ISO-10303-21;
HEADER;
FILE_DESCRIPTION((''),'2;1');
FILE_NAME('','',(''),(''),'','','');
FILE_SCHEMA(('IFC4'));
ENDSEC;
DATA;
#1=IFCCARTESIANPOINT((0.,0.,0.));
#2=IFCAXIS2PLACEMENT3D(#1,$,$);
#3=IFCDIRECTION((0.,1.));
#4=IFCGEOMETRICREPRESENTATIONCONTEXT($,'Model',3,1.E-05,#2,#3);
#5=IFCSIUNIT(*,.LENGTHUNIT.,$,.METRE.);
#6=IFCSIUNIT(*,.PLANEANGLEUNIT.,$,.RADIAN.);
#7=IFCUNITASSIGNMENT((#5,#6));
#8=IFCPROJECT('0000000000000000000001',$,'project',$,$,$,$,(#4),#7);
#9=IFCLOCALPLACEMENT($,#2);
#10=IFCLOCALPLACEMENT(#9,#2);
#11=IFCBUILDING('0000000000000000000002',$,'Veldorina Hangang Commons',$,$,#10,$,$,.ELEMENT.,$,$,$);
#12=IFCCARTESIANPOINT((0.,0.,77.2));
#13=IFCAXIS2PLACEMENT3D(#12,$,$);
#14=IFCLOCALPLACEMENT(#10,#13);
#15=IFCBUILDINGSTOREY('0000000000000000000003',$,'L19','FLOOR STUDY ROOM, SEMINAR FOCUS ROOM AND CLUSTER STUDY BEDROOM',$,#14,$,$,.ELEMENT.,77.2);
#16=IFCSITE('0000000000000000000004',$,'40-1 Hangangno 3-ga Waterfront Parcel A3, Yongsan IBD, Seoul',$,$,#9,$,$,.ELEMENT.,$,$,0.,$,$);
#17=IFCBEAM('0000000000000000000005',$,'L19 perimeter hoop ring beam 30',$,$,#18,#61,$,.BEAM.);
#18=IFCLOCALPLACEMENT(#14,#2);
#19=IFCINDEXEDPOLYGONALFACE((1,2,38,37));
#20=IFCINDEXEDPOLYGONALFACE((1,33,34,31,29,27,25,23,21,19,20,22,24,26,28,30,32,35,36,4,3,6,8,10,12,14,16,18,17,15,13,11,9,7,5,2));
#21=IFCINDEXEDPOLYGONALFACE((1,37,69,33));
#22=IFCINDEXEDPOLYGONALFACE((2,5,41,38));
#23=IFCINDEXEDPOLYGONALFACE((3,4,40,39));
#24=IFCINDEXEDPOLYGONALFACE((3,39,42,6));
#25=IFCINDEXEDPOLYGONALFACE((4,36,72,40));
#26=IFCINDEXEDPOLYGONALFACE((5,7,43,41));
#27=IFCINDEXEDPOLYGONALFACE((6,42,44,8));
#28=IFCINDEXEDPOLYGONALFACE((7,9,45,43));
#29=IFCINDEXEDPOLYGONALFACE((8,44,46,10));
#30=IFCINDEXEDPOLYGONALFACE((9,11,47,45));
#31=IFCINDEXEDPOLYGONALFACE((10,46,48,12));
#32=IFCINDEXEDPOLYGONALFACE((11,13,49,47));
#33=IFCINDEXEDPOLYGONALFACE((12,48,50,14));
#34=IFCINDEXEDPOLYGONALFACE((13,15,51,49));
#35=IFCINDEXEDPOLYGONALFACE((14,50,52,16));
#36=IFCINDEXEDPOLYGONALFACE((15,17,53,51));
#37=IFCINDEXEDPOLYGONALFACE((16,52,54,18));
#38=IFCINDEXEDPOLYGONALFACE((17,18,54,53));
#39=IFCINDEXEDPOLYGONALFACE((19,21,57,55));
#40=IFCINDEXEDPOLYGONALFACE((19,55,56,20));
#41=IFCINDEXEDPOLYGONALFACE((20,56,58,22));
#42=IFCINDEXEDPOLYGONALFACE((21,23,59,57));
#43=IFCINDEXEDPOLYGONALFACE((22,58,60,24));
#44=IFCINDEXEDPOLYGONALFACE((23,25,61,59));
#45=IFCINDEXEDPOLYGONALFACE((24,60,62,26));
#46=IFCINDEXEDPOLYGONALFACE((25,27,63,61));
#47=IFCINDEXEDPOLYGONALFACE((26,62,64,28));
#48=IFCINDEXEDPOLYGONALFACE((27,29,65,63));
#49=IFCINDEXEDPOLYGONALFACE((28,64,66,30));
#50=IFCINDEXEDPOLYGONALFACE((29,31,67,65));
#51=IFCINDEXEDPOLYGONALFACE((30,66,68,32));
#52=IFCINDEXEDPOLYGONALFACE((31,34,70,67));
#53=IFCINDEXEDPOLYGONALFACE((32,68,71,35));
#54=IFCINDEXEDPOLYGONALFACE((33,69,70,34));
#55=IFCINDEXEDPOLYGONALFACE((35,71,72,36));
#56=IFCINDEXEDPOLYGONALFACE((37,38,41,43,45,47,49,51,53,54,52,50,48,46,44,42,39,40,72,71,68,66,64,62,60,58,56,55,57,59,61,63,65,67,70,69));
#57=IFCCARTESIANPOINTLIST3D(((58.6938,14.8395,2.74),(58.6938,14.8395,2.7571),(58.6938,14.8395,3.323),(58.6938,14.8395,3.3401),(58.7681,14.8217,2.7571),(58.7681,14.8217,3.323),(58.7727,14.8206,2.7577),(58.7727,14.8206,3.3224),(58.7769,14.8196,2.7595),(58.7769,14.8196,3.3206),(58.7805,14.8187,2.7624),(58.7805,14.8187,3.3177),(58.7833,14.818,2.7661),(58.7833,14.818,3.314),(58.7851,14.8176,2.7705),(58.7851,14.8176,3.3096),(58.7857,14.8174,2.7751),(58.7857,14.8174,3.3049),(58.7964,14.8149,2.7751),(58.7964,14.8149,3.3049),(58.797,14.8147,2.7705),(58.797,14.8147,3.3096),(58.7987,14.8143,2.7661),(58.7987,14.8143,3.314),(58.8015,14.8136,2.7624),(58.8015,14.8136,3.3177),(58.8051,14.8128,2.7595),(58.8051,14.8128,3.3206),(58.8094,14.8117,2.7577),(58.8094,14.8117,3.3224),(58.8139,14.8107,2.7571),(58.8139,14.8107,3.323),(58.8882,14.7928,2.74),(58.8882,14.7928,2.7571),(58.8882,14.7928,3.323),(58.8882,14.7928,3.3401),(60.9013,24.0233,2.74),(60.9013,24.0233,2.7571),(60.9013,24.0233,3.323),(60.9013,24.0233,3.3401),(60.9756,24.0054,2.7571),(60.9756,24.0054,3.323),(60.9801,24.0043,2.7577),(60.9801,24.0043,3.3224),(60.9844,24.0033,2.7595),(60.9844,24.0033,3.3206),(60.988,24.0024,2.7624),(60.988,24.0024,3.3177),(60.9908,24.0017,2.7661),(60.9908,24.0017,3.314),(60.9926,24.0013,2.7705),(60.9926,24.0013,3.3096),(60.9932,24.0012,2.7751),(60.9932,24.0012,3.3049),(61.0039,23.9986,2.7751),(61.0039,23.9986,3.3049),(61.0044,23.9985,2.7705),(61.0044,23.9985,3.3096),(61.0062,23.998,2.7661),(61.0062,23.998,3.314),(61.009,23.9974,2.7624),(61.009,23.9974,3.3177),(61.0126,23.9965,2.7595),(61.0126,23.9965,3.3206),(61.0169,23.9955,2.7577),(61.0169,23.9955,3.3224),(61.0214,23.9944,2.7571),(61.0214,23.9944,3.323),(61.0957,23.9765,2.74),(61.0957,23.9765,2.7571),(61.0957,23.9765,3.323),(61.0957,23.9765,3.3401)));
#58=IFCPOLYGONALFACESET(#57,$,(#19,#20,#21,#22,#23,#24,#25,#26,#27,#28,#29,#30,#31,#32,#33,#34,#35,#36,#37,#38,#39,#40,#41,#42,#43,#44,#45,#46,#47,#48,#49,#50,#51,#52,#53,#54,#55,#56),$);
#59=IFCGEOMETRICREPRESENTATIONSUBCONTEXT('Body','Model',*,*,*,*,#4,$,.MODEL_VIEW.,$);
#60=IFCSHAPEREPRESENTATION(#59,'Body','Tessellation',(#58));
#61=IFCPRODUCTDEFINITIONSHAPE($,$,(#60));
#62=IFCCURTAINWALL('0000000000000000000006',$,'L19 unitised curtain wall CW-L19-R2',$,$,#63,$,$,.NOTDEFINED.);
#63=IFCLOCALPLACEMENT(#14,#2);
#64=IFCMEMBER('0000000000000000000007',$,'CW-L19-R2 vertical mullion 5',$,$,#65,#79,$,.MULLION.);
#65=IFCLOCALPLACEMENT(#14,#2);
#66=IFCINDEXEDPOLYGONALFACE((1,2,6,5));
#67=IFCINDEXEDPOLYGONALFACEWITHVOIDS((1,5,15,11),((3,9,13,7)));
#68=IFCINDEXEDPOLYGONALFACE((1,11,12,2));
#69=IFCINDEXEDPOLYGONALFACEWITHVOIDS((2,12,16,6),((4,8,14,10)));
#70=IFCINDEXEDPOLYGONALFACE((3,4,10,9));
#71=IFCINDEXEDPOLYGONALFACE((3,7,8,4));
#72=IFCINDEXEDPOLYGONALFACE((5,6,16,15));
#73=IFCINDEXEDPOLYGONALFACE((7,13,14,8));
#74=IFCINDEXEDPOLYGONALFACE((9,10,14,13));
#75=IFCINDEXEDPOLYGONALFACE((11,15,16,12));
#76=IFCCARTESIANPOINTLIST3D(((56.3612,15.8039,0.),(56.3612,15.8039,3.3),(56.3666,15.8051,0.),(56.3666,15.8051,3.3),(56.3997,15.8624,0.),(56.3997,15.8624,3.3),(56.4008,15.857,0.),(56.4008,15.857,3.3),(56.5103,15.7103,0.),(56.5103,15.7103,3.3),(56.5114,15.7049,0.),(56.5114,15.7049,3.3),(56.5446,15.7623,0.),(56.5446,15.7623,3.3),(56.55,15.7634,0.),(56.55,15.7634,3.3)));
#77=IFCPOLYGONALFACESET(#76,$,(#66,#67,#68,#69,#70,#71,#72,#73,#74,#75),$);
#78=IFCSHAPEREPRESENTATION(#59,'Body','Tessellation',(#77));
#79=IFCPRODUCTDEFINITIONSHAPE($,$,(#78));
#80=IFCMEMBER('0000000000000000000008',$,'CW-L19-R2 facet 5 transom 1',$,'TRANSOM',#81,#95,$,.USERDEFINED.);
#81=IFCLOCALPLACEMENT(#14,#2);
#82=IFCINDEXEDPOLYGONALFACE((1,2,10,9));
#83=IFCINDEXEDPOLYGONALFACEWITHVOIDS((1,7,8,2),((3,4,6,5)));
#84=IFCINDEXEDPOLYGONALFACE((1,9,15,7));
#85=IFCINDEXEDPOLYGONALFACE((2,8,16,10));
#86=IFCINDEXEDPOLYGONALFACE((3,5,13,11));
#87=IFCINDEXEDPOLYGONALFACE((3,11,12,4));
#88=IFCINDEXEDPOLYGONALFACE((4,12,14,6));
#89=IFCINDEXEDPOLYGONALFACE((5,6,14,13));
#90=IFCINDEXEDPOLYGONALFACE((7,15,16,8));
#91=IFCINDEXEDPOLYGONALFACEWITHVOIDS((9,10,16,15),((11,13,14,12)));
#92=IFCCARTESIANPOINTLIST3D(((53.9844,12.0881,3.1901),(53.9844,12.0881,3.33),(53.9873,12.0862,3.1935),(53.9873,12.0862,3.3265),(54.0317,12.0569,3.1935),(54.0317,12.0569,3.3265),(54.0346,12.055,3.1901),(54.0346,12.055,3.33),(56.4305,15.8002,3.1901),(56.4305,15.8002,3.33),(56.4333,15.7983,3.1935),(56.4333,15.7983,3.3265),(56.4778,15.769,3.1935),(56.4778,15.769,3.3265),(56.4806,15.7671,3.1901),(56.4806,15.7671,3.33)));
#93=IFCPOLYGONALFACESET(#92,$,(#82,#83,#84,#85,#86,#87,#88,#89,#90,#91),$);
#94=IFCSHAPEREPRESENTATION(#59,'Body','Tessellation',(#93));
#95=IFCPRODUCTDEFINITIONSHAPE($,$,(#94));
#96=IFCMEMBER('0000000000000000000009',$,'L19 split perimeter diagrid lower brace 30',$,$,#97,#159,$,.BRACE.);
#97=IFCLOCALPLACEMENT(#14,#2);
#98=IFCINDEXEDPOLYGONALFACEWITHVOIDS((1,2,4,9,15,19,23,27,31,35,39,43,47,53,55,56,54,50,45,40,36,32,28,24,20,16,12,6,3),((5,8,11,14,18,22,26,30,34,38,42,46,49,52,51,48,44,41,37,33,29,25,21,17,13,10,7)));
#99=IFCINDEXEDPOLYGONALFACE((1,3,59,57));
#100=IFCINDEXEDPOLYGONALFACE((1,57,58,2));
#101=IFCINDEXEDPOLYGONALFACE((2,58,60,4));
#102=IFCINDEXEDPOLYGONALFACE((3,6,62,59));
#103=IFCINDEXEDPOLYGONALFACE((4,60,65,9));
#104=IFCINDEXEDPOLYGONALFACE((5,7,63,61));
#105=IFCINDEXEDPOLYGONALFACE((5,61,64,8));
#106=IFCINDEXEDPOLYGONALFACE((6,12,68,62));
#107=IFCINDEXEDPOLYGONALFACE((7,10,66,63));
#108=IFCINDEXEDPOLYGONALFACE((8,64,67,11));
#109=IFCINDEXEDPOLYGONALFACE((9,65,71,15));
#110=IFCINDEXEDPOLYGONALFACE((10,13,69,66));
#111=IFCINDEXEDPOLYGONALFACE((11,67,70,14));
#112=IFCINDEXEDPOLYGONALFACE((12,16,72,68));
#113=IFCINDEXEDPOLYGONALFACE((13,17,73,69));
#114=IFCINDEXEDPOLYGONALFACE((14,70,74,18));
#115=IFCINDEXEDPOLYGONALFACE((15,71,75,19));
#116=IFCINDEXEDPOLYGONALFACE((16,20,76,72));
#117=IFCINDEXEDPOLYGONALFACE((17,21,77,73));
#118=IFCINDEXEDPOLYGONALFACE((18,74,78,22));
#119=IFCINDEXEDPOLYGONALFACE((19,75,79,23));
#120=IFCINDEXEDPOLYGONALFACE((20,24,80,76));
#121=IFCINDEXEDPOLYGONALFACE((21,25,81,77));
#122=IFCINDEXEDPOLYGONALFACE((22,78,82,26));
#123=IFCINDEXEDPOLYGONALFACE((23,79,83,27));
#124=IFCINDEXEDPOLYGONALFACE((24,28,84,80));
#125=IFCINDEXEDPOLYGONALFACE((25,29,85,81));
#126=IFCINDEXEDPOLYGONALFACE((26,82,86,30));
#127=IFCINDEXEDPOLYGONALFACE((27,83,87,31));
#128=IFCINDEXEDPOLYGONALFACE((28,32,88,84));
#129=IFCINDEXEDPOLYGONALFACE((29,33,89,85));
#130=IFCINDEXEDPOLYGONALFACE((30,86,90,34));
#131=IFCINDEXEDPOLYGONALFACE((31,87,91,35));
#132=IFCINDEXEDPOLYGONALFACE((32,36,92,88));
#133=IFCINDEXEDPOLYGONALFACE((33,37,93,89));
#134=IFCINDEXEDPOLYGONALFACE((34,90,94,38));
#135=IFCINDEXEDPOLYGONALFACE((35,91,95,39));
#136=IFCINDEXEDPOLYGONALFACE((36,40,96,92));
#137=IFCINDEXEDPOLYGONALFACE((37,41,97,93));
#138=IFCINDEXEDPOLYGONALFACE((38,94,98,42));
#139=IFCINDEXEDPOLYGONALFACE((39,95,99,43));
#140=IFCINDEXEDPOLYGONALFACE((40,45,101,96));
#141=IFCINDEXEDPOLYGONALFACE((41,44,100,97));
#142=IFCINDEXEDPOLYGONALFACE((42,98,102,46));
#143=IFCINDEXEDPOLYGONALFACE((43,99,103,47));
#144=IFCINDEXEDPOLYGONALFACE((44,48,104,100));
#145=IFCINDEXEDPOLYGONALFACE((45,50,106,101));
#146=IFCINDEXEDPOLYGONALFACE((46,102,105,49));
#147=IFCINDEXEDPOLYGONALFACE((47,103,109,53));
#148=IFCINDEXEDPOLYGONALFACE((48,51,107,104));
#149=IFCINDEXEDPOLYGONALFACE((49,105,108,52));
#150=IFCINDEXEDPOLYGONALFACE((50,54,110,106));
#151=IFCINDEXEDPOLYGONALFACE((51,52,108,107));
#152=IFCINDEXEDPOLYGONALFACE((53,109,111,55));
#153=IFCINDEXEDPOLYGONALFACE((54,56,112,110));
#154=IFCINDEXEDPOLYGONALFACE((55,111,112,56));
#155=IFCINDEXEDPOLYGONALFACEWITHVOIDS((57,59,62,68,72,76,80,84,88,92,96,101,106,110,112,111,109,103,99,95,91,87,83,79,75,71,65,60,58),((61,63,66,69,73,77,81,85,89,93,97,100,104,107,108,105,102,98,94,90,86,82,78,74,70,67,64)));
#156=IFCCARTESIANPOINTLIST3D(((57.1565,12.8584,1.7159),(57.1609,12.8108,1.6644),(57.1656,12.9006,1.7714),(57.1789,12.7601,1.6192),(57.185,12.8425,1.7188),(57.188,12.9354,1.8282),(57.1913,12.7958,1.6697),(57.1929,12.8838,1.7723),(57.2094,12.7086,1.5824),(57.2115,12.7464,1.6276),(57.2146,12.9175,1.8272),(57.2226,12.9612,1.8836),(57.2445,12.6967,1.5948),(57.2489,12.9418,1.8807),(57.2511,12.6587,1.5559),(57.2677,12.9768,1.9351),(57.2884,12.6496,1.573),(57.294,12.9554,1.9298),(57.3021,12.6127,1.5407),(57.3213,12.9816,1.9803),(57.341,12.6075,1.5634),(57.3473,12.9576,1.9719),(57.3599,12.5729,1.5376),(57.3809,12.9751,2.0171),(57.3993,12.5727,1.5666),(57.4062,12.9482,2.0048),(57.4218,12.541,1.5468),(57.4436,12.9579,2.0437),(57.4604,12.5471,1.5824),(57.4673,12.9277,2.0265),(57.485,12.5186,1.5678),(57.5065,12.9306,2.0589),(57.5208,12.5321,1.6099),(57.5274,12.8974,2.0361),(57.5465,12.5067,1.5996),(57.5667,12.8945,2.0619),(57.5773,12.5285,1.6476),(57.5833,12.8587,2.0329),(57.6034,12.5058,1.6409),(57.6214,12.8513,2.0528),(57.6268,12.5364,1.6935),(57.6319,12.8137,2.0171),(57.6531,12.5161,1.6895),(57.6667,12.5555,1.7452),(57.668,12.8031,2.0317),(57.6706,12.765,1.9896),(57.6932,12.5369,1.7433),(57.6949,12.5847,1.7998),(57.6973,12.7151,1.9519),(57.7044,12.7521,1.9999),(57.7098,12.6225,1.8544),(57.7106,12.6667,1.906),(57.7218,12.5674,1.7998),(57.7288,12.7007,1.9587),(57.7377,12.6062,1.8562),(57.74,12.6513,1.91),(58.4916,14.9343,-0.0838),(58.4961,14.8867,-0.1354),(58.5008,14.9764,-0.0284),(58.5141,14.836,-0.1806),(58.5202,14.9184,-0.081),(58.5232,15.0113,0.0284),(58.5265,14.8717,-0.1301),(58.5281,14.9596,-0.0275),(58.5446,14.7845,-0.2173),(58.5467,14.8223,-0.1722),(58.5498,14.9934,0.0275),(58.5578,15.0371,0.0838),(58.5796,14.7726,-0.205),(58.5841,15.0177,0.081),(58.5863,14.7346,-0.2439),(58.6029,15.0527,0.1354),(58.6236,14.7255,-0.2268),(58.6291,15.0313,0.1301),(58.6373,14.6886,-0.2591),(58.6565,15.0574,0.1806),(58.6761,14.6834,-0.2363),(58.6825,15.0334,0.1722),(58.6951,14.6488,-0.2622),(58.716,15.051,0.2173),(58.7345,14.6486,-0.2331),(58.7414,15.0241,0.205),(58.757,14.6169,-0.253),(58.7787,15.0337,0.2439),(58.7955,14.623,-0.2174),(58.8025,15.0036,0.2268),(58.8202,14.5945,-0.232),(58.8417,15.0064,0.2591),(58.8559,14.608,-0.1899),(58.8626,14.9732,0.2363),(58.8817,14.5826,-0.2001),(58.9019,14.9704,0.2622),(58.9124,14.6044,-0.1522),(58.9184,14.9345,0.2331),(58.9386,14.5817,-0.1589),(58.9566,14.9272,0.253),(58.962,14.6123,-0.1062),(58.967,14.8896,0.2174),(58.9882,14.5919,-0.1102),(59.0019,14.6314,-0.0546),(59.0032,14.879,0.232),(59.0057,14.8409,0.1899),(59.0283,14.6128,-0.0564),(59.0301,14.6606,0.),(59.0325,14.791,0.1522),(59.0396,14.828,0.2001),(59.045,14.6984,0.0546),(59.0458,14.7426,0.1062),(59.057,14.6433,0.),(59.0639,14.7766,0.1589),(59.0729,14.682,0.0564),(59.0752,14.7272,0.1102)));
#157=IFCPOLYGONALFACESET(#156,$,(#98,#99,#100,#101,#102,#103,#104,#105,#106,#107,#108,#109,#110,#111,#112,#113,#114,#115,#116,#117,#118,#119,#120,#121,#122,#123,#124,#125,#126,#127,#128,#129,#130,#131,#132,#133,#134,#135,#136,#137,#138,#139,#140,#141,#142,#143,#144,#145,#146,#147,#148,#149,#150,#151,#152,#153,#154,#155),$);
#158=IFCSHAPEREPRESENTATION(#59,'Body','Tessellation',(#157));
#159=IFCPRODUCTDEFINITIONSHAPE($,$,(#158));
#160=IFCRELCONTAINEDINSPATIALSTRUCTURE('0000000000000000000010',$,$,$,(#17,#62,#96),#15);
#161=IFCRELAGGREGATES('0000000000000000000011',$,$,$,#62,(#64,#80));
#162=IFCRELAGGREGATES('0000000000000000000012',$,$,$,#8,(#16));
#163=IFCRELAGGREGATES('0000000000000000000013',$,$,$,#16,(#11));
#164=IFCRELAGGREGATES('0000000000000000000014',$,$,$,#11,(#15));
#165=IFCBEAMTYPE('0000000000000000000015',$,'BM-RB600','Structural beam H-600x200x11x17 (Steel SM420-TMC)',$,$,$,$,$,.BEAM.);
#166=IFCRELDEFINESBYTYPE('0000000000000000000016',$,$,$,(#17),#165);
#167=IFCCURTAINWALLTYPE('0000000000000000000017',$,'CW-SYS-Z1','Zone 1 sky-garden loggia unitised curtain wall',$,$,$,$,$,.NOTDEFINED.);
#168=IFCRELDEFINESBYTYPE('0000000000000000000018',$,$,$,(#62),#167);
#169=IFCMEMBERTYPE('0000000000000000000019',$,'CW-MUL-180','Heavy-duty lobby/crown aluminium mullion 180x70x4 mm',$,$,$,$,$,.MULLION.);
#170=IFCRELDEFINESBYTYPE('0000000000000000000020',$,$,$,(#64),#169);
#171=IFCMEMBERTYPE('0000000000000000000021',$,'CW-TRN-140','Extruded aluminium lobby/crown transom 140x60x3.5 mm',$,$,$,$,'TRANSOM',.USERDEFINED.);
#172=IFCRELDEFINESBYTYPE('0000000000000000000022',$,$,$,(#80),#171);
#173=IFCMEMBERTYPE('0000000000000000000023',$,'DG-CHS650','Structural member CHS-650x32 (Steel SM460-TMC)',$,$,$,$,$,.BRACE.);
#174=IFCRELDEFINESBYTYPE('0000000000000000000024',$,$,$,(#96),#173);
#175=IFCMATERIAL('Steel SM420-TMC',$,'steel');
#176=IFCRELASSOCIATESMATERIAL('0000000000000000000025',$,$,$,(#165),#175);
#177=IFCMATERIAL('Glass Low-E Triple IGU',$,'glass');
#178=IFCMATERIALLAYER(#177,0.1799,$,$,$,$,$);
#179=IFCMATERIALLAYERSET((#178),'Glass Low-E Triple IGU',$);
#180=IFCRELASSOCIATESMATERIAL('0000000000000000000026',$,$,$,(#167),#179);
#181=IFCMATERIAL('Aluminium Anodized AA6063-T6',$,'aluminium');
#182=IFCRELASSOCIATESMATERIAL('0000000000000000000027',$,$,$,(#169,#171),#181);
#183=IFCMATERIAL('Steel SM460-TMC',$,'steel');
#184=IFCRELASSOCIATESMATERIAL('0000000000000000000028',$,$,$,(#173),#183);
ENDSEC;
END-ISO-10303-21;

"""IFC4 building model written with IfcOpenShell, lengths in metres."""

from ifc_helpers import new_model, si_unit, direction, frame, origin, origin_2d, place, context, subcontext, project, spatial, hollow_rectangle, hollow_circle, i_section, extrude, material, layer, layer_set, material_profile, profile_set, type_object, element, aggregate, save


model = new_model("IFC4")

# Units and contexts
model_context = context("Model", 3, precision=1e-05, world=origin(), true_north=direction((0.0, 1.0)))
body_context = subcontext(model_context, "Body", "Model", "MODEL_VIEW")
ifc_project = project(units=[si_unit("LENGTHUNIT", "METRE"), si_unit("PLANEANGLEUNIT", "RADIAN")], contexts=[model_context])

# Site, building, storey
site_placement = place(None, origin())
site = spatial("IfcSite", under=ifc_project, at=site_placement, Name="40-1 Hangangno 3-ga Waterfront Parcel A3, Yongsan IBD, Seoul", CompositionType="ELEMENT", RefElevation=0.0)
building_placement = place(site_placement, origin())
building = spatial("IfcBuilding", under=site, at=building_placement, Name="Veldorina Hangang Commons", CompositionType="ELEMENT")
storey_placement = place(building_placement, frame((0.0, 0.0, 77.2)))
storey = spatial("IfcBuildingStorey", under=building, at=storey_placement, Name="L19", Description="FLOOR STUDY ROOM, SEMINAR FOCUS ROOM AND CLUSTER STUDY BEDROOM", CompositionType="ELEMENT", Elevation=77.2)

# Beam
ifc_material_1 = material(Name="Steel SM420-TMC", Category="steel")
ifc_material_profile_1 = material_profile(ifc_material_1, i_section(OverallWidth=0.2, OverallDepth=0.6001, WebThickness=0.011, FlangeThickness=0.0171, FilletRadius=0.0181, at=origin_2d()), Name="H-600x200x11x17")
ifc_profile_set_1 = profile_set([ifc_material_profile_1], Name="Steel SM420-TMC")
beam_type = type_object("IfcBeamType", Name="BM-RB600", Description="Structural beam H-600x200x11x17 (Steel SM420-TMC)", PredefinedType="BEAM", material=ifc_profile_set_1)
beam_placement = place(storey_placement, frame((58.791, 14.8162, 3.04), z_axis=(0.233713, 0.972306, 0.0), x_axis=(-0.972306, 0.233713, 0.0)))
element("IfcBeam", 1, at=beam_placement, inside=storey, type_object=beam_type, Name="L19 perimeter hoop ring beam 30", PredefinedType="BEAM", context=body_context, shape_type="SweptSolid", body=[
    extrude(i_section(OverallWidth=0.2, OverallDepth=0.6001, WebThickness=0.011, FlangeThickness=0.0171, FilletRadius=0.0181, at=origin_2d()), origin(), (0.0, 0.0, 1.0), 9.4453),
])

# Curtain wall, members
ifc_material_2 = material(Name="Glass Low-E Triple IGU", Category="glass")
ifc_layer_1 = layer(ifc_material_2, 0.1799)
ifc_layer_set_1 = layer_set([ifc_layer_1], Name="Glass Low-E Triple IGU")
curtain_wall_type = type_object("IfcCurtainWallType", Name="CW-SYS-Z1", Description="Zone 1 sky-garden loggia unitised curtain wall", PredefinedType="NOTDEFINED", material=ifc_layer_set_1)
curtain_wall_placement = place(storey_placement, origin())
curtain_wall = element("IfcCurtainWall", 2, at=curtain_wall_placement, inside=storey, type_object=curtain_wall_type, Name="L19 unitised curtain wall CW-L19-R2", PredefinedType="NOTDEFINED")
ifc_material_3 = material(Name="Aluminium Anodized AA6063-T6", Category="aluminium")
ifc_material_profile_2 = material_profile(ifc_material_3, hollow_rectangle(XDim=0.0701, YDim=0.1799, WallThickness=0.0039, at=origin_2d()), Name="ALU-RHS-180x70x4")
ifc_profile_set_2 = profile_set([ifc_material_profile_2], Name="Aluminium Anodized AA6063-T6")
member_type_1 = type_object("IfcMemberType", Name="CW-MUL-180", Description="Heavy-duty lobby/crown aluminium mullion 180x70x4 mm", PredefinedType="MULLION", material=ifc_profile_set_2)
member_1_placement = place(storey_placement, frame((56.4556, 15.7837, 0.0), z_axis=(0.0, 0.0, 1.0), x_axis=(-0.550248, -0.835002, 0.0)))
member_1 = element("IfcMember", 3, at=member_1_placement, type_object=member_type_1, Name="CW-L19-R2 vertical mullion 5", PredefinedType="MULLION", context=body_context, shape_type="SweptSolid", body=[
    extrude(hollow_rectangle(XDim=0.0701, YDim=0.1799, WallThickness=0.0039, at=origin_2d()), origin(), (0.0, 0.0, 1.0), 3.3),
])
ifc_material_profile_3 = material_profile(ifc_material_3, hollow_rectangle(XDim=0.0601, YDim=0.1399, WallThickness=0.0034, at=origin_2d()), Name="ALU-RHS-140x60x3.5")
ifc_profile_set_3 = profile_set([ifc_material_profile_3], Name="Aluminium Anodized AA6063-T6")
member_type_2 = type_object("IfcMemberType", Name="CW-TRN-140", Description="Extruded aluminium lobby/crown transom 140x60x3.5 mm", ElementType="TRANSOM", PredefinedType="USERDEFINED", material=ifc_profile_set_3)
member_2_placement = place(storey_placement, frame((54.0095, 12.0715, 3.26), z_axis=(0.550219, 0.835021, 0.0), x_axis=(-0.835021, 0.550219, 0.0)))
member_2 = element("IfcMember", 4, at=member_2_placement, type_object=member_type_2, Name="CW-L19-R2 facet 5 transom 1", ObjectType="TRANSOM", PredefinedType="USERDEFINED", context=body_context, shape_type="SweptSolid", body=[
    extrude(hollow_rectangle(XDim=0.0601, YDim=0.1399, WallThickness=0.0034, at=origin_2d()), origin(), (0.0, 0.0, 1.0), 4.4456),
])

# Member
ifc_material_4 = material(Name="Steel SM460-TMC", Category="steel")
ifc_material_profile_4 = material_profile(ifc_material_4, hollow_circle(Radius=0.325, WallThickness=0.032, at=origin_2d()), Name="CHS-650x32")
ifc_profile_set_4 = profile_set([ifc_material_profile_4], Name="Steel SM460-TMC")
member_type_3 = type_object("IfcMemberType", Name="DG-CHS650", Description="Structural member CHS-650x32 (Steel SM460-TMC)", PredefinedType="BRACE", material=ifc_profile_set_4)
member_3_placement = place(storey_placement, frame((58.7837, 14.8191, 0.0), z_axis=(-0.43709, -0.679572, 0.589181), x_axis=(0.841053, -0.540953, 0.0)))
element("IfcMember", 5, at=member_3_placement, inside=storey, type_object=member_type_3, Name="L19 split perimeter diagrid lower brace 30", PredefinedType="BRACE", context=body_context, shape_type="SweptSolid", body=[
    extrude(hollow_circle(Radius=0.325, WallThickness=0.032, at=origin_2d()), origin(), (0.0, 0.0, 1.0), 3.0547),
])

aggregate(curtain_wall, [member_1, member_2])

save(model, "model.ifc")
